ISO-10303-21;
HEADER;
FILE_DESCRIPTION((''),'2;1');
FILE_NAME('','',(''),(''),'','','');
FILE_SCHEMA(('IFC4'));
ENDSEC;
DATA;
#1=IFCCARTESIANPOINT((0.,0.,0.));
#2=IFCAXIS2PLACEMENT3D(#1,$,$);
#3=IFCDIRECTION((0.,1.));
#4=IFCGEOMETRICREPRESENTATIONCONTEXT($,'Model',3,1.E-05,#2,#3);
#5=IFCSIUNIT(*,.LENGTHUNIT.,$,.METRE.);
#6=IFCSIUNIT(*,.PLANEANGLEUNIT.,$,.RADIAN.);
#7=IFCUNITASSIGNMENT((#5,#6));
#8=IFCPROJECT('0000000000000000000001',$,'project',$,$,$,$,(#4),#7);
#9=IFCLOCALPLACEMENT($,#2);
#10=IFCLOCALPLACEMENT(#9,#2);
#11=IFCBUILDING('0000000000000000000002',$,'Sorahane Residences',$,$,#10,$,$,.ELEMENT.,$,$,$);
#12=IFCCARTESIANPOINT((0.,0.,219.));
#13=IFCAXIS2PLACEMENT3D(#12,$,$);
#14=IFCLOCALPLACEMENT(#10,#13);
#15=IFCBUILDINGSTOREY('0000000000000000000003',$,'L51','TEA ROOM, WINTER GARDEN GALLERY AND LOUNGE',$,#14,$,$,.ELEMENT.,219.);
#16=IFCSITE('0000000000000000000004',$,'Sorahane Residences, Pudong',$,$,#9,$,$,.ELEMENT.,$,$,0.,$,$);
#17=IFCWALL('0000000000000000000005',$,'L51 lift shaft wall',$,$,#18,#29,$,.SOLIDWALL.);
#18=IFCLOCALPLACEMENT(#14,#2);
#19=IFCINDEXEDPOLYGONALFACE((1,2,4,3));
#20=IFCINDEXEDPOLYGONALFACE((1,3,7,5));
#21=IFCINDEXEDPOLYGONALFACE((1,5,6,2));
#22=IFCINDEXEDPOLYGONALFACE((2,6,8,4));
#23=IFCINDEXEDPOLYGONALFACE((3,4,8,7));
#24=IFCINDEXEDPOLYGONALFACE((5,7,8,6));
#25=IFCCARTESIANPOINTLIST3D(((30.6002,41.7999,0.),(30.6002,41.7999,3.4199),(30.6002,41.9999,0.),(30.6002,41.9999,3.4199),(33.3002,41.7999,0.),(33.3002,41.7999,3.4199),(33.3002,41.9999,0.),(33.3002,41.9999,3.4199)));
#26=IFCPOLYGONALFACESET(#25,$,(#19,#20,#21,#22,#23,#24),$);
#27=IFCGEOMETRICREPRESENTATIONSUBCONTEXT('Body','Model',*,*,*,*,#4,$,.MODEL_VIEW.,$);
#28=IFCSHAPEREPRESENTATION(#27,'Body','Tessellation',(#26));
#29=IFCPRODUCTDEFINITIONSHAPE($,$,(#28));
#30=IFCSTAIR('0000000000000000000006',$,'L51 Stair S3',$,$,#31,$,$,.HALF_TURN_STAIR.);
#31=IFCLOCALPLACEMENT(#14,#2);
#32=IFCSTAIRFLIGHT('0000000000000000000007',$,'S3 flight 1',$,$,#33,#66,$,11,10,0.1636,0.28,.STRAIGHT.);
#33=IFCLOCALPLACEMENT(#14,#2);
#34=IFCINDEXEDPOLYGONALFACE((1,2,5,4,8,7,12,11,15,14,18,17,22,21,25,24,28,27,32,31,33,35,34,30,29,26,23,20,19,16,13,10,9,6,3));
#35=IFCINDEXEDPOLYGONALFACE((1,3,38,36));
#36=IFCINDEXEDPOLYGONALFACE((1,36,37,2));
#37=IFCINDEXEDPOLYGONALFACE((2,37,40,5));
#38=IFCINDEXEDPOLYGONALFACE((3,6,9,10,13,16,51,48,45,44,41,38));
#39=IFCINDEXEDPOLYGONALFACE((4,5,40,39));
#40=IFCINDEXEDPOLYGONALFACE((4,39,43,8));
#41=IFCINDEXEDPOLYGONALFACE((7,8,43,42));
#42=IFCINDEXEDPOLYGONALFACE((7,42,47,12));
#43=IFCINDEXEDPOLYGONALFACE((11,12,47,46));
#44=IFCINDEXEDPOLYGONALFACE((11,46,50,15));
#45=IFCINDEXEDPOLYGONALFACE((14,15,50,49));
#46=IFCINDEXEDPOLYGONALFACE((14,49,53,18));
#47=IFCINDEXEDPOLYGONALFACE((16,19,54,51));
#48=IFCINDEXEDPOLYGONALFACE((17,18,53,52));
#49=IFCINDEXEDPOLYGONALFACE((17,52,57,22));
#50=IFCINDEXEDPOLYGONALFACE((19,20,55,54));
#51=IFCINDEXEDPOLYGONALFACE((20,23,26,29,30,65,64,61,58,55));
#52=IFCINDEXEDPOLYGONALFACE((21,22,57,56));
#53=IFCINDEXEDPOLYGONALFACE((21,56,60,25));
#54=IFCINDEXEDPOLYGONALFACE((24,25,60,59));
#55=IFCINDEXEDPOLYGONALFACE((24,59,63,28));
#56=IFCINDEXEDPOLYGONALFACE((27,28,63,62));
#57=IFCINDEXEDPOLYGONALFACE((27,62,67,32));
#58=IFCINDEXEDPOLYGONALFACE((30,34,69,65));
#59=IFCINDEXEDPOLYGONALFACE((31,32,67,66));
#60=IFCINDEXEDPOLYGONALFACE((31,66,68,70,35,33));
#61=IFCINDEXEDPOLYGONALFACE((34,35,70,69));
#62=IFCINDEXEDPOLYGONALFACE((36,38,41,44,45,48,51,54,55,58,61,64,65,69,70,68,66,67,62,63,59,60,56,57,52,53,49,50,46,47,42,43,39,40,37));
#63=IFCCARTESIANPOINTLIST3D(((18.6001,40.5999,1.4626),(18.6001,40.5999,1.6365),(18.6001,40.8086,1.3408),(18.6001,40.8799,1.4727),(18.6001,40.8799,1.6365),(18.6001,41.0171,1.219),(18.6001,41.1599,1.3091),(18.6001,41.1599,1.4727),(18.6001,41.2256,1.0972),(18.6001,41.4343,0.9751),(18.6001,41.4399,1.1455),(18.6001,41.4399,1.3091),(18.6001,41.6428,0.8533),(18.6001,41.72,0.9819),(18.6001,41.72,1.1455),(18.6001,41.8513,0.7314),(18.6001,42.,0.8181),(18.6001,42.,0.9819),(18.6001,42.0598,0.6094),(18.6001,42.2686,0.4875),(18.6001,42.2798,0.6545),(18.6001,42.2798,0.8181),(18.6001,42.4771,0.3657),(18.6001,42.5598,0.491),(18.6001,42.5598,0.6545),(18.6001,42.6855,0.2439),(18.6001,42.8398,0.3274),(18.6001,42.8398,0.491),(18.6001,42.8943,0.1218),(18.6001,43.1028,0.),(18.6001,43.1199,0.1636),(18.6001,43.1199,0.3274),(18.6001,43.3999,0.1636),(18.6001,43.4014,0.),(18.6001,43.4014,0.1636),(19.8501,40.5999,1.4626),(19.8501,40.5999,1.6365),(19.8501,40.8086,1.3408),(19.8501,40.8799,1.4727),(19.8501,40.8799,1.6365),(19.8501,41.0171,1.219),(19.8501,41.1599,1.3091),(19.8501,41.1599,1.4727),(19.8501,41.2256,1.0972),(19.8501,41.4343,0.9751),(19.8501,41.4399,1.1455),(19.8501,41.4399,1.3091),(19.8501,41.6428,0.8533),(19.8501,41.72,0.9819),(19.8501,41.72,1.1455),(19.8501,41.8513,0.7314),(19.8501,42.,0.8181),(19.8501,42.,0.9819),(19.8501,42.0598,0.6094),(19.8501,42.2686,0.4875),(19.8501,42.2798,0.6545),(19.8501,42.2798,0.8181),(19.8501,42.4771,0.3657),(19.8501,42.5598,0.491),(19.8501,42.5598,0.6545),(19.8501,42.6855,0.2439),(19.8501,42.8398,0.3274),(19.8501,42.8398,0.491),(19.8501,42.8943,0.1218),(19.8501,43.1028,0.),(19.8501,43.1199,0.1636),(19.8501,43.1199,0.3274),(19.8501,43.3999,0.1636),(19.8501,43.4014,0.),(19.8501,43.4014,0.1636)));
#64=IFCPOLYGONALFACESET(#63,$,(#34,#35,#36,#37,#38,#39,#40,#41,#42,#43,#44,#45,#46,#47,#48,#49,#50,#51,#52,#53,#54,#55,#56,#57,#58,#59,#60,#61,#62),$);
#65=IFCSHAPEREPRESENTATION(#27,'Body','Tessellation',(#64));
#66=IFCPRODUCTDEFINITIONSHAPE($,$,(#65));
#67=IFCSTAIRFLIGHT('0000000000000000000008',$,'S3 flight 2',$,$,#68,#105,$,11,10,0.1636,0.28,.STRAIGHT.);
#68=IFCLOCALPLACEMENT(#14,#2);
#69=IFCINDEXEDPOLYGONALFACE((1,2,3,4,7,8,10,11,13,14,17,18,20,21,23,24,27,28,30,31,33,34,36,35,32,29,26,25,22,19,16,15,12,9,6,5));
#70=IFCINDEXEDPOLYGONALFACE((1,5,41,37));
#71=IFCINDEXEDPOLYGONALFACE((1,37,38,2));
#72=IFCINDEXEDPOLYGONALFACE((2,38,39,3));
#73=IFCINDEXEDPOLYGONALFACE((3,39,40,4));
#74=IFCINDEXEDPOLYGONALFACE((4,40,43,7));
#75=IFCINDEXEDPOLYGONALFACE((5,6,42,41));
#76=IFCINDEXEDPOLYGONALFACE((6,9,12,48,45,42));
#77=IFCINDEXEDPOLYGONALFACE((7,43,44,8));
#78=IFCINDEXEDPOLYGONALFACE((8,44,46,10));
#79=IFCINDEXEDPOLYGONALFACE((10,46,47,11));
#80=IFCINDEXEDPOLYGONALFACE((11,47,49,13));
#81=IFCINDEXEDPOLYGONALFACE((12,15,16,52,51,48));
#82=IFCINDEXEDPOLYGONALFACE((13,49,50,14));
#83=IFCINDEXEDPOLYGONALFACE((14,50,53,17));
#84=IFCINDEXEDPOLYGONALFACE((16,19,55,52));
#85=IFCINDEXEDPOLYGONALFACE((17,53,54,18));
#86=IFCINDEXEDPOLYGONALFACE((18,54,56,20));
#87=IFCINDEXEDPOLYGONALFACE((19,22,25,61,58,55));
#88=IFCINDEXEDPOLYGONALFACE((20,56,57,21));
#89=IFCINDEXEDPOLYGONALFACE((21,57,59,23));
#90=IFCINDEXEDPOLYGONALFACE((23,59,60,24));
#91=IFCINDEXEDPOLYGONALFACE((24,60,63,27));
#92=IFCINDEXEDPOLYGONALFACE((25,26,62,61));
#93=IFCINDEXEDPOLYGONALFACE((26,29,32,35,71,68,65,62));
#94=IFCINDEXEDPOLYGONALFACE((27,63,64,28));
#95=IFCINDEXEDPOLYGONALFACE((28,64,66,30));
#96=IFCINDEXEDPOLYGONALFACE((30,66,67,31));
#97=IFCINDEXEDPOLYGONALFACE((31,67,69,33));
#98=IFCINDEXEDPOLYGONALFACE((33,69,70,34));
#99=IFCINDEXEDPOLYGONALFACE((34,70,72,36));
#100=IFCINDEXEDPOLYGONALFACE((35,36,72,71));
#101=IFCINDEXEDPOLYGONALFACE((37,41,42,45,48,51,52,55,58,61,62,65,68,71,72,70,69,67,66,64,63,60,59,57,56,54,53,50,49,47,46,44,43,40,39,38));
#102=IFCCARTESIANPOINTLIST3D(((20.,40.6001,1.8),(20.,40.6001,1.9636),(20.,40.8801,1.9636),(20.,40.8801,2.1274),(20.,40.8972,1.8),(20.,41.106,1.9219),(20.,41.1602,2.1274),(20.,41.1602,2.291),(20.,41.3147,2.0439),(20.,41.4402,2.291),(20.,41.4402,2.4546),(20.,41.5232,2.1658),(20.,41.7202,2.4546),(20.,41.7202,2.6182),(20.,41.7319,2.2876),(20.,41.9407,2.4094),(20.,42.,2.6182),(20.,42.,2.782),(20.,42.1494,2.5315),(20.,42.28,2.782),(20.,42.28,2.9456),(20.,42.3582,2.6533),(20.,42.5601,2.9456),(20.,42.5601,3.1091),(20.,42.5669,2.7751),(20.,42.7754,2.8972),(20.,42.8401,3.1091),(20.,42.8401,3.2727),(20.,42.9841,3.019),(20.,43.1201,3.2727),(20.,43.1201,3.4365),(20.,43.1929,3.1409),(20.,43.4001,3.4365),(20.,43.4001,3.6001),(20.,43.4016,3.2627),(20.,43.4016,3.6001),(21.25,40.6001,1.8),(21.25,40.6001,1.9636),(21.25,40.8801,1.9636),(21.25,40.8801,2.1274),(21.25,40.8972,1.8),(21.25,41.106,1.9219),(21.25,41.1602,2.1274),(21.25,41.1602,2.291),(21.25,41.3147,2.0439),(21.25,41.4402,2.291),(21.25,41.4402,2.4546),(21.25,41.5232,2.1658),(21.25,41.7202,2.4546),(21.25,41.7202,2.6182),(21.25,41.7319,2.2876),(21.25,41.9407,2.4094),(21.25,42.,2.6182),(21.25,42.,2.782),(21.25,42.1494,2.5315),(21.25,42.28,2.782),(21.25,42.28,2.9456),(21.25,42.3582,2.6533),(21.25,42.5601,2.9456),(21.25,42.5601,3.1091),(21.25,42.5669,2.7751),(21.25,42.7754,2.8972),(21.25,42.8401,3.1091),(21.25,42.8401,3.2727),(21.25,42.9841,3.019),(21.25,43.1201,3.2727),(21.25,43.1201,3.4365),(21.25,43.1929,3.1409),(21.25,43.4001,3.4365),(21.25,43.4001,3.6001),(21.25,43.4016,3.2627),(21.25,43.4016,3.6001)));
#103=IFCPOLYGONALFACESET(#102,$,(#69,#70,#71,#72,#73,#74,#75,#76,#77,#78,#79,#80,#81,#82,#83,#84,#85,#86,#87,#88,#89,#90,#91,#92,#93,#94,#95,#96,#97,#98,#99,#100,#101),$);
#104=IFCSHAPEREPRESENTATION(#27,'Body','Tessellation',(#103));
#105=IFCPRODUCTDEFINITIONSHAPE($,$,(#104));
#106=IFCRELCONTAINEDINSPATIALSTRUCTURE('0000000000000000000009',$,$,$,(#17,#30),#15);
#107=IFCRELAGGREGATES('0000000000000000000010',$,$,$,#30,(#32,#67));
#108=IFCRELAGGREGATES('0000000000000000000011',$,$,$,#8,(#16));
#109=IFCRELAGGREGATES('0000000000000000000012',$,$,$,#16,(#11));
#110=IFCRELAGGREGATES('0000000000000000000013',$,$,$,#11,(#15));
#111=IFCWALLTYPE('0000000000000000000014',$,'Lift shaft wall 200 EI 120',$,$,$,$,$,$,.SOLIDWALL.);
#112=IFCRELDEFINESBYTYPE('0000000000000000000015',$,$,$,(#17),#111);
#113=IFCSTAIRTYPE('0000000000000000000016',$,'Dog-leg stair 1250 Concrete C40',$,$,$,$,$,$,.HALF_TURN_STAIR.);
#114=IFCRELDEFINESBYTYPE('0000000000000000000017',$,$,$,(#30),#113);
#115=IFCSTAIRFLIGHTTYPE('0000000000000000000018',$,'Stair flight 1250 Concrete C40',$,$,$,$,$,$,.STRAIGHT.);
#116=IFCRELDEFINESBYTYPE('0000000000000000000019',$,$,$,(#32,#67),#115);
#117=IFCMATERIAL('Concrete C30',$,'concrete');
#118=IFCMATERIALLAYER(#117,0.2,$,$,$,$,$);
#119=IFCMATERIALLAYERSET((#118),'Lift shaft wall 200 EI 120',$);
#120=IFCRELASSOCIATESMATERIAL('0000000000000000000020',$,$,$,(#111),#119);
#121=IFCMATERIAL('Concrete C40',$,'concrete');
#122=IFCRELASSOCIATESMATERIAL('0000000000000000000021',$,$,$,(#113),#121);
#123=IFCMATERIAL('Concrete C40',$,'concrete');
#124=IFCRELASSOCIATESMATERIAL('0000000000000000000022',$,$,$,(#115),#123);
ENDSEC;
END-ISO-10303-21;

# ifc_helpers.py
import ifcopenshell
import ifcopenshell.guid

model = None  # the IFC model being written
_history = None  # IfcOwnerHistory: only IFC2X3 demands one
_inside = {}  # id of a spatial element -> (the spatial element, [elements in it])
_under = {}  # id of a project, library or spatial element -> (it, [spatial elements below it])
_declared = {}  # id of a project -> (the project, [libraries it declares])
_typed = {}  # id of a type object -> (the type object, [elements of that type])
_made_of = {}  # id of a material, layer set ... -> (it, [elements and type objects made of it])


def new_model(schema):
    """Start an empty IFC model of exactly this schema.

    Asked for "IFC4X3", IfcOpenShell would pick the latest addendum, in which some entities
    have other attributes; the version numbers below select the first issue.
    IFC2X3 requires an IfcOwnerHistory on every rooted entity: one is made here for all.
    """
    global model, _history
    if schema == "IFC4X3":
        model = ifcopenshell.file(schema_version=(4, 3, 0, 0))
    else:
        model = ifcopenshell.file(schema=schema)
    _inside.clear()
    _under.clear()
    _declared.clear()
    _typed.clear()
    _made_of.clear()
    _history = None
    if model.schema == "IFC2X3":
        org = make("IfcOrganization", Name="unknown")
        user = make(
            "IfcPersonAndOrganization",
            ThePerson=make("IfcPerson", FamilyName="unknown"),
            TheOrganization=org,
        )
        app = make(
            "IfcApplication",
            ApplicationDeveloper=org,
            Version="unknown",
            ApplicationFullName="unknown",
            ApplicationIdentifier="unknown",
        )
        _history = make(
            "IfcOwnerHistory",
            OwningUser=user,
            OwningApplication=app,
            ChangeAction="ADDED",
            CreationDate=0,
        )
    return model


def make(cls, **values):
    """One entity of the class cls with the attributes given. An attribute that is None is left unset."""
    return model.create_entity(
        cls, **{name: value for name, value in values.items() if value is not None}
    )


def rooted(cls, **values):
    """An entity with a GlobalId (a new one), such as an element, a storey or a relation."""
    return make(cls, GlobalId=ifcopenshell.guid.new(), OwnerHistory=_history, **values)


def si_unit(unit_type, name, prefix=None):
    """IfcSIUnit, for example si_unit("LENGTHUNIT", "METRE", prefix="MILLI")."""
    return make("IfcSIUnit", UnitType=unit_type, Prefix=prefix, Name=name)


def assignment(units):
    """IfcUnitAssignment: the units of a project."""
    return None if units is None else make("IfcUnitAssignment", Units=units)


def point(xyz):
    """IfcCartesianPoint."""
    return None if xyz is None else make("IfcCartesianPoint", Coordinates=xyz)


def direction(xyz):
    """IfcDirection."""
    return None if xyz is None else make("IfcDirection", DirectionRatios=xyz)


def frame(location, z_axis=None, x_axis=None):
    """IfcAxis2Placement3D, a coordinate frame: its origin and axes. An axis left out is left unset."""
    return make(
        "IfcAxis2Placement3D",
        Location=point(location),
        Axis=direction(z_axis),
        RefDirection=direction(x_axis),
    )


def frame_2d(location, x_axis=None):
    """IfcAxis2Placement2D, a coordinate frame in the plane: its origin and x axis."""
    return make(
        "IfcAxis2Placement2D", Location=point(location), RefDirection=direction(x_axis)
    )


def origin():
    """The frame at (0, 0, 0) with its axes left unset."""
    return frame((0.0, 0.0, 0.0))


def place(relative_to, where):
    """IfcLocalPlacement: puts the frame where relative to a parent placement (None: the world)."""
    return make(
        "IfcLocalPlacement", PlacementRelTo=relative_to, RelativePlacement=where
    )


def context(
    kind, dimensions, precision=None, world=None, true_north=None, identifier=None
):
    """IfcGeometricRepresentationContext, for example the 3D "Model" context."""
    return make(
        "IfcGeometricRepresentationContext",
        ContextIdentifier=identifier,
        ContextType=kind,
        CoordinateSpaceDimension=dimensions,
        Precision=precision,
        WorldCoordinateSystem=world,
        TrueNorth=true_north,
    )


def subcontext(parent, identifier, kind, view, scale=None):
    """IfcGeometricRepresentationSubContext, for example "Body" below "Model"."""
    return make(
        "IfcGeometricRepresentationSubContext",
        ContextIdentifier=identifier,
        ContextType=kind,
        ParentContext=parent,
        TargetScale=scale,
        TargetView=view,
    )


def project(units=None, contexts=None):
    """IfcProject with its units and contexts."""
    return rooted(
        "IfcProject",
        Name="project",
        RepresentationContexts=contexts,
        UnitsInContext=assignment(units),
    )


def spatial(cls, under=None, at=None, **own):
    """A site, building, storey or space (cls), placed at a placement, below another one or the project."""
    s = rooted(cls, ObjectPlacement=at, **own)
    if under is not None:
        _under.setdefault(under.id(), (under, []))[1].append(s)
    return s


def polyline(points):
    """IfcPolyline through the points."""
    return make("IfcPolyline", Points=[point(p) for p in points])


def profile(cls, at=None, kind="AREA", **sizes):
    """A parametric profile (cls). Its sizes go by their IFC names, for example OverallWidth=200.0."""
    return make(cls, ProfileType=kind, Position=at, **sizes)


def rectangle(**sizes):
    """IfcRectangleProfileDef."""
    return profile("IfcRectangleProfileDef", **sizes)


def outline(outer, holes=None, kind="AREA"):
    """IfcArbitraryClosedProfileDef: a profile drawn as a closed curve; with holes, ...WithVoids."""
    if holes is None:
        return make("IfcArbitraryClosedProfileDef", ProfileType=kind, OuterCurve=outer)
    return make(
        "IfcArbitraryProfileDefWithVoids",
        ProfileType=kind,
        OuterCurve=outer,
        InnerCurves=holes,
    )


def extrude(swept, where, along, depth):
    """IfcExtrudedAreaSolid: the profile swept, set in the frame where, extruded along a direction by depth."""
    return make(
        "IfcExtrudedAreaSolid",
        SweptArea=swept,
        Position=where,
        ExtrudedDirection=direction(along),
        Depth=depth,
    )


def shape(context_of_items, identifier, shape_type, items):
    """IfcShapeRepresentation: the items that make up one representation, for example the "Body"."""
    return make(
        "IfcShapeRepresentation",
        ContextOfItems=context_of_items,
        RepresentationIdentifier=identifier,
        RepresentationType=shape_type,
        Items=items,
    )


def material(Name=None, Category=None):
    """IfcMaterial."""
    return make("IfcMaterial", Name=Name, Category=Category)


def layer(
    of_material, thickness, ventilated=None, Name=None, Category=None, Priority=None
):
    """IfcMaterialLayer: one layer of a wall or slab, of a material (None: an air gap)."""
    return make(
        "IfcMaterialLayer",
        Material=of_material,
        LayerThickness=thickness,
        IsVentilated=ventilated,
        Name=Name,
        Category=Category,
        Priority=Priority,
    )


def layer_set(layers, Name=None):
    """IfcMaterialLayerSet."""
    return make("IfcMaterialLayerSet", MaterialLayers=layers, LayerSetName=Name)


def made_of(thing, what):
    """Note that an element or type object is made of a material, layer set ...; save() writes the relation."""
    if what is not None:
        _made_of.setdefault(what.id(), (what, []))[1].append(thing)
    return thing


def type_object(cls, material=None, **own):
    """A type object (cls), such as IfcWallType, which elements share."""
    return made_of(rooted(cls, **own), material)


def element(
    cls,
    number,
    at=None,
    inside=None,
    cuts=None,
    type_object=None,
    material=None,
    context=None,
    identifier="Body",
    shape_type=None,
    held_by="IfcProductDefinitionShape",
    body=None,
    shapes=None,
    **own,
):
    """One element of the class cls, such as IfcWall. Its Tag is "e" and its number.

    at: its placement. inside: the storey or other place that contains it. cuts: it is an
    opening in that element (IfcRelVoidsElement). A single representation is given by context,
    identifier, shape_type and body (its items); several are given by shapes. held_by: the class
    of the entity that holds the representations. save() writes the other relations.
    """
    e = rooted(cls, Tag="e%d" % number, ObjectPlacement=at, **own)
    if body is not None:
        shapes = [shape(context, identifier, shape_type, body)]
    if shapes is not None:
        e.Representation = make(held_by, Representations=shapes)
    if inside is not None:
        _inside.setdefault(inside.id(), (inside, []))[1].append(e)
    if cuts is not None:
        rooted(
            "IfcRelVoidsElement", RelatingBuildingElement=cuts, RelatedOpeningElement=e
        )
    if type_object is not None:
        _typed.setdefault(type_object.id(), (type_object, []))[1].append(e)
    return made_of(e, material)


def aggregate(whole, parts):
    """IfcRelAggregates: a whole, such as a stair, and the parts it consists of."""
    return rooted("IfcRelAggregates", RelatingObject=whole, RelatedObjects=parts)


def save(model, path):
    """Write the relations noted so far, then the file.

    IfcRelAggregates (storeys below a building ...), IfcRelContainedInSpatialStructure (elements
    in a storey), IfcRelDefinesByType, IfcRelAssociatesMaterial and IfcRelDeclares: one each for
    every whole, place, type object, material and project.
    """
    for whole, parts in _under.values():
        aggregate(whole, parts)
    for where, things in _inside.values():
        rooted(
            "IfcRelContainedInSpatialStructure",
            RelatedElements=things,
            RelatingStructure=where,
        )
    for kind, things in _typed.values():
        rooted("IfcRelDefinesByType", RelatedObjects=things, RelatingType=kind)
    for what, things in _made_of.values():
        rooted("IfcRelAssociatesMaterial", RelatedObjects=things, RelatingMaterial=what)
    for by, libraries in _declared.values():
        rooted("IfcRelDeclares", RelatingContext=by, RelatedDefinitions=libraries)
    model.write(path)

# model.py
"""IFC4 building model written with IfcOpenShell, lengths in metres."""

from ifc_helpers import new_model, si_unit, direction, frame, frame_2d, origin, place, context, subcontext, project, spatial, polyline, rectangle, outline, extrude, material, layer, layer_set, type_object, element, aggregate, save


model = new_model("IFC4")

# Units and contexts
model_context = context("Model", 3, precision=1e-05, world=origin(), true_north=direction((0.0, 1.0)))
body_context = subcontext(model_context, "Body", "Model", "MODEL_VIEW")
ifc_project = project(units=[si_unit("LENGTHUNIT", "METRE"), si_unit("PLANEANGLEUNIT", "RADIAN")], contexts=[model_context])

# Site, building, storey
site_placement = place(None, origin())
site = spatial("IfcSite", under=ifc_project, at=site_placement, Name="Sorahane Residences, Pudong", CompositionType="ELEMENT", RefElevation=0.0)
building_placement = place(site_placement, origin())
building = spatial("IfcBuilding", under=site, at=building_placement, Name="Sorahane Residences", CompositionType="ELEMENT")
storey_placement = place(building_placement, frame((0.0, 0.0, 219.0)))
storey = spatial("IfcBuildingStorey", under=building, at=storey_placement, Name="L51", Description="TEA ROOM, WINTER GARDEN GALLERY AND LOUNGE", CompositionType="ELEMENT", Elevation=219.0)

# Wall
ifc_material_1 = material(Name="Concrete C30", Category="concrete")
ifc_layer_1 = layer(ifc_material_1, 0.2)
ifc_layer_set_1 = layer_set([ifc_layer_1], Name="Lift shaft wall 200 EI 120")
wall_type = type_object("IfcWallType", Name="Lift shaft wall 200 EI 120", PredefinedType="SOLIDWALL", material=ifc_layer_set_1)
wall_placement = place(storey_placement, frame((30.6001, 41.8999, 0.0), z_axis=(0.0, 0.0, 1.0), x_axis=(1.0, 0.0, 0.0)))
element("IfcWall", 1, at=wall_placement, inside=storey, type_object=wall_type, Name="L51 lift shaft wall", PredefinedType="SOLIDWALL", context=body_context, shape_type="SweptSolid", body=[
    extrude(rectangle(XDim=2.7, YDim=0.2, at=frame_2d((1.3501, 0.0))), origin(), (0.0, 0.0, 1.0), 3.4199),
])

# Stair, stair flights
ifc_material_2 = material(Name="Concrete C40", Category="concrete")
stair_type = type_object("IfcStairType", Name="Dog-leg stair 1250 Concrete C40", PredefinedType="HALF_TURN_STAIR", material=ifc_material_2)
stair_placement = place(storey_placement, origin())
stair = element("IfcStair", 2, at=stair_placement, inside=storey, type_object=stair_type, Name="L51 Stair S3", PredefinedType="HALF_TURN_STAIR")
ifc_material_3 = material(Name="Concrete C40", Category="concrete")
stair_flight_type = type_object("IfcStairFlightType", Name="Stair flight 1250 Concrete C40", PredefinedType="STRAIGHT", material=ifc_material_3)
stair_flight_1_placement = place(storey_placement, frame((19.2251, 43.3999, 0.0), z_axis=(0.0, 0.0, 1.0), x_axis=(0.0, -1.0, 0.0)))
stair_flight_1 = element("IfcStairFlight", 3, at=stair_flight_1_placement, type_object=stair_flight_type, Name="S3 flight 1", NumberOfRisers=11, NumberOfTreads=10, PredefinedType="STRAIGHT", RiserHeight=0.1636, TreadLength=0.28, context=body_context, shape_type="SweptSolid", body=[
    extrude(outline(polyline([(-0.0015, 0.0), (-0.0015, 0.1636), (0.0, 0.1636), (0.28, 0.1636), (0.28, 0.3274), (0.5601, 0.3274), (0.5601, 0.491), (0.8401, 0.491), (0.8401, 0.6545), (1.1201, 0.6545), (1.1201, 0.8181), (1.3999, 0.8181), (1.3999, 0.9819), (1.6799, 0.9819), (1.6799, 1.1455), (1.96, 1.1455), (1.96, 1.3091), (2.24, 1.3091), (2.24, 1.4727), (2.52, 1.4727), (2.52, 1.6365), (2.8, 1.6365), (2.8, 1.8), (2.8, 1.4626), (2.5913, 1.3408), (2.3828, 1.219), (2.1743, 1.0972), (1.9656, 0.9751), (1.7571, 0.8533), (1.5486, 0.7314), (1.3401, 0.6094), (1.1313, 0.4875), (0.9229, 0.3657), (0.7144, 0.2439), (0.5056, 0.1218), (0.2971, 0.0), (-0.0015, 0.0)])), frame((0.0, 0.625, 0.0), z_axis=(0.0, -1.0, 0.0), x_axis=(1.0, 0.0, 0.0)), (0.0, 0.0, 1.0), 1.25),
])
stair_flight_2_placement = place(storey_placement, frame((20.625, 40.6001, 1.8), z_axis=(0.0, 0.0, 1.0), x_axis=(0.0, 1.0, 0.0)))
stair_flight_2 = element("IfcStairFlight", 4, at=stair_flight_2_placement, type_object=stair_flight_type, Name="S3 flight 2", NumberOfRisers=11, NumberOfTreads=10, PredefinedType="STRAIGHT", RiserHeight=0.1636, TreadLength=0.28, context=body_context, shape_type="SweptSolid", body=[
    extrude(outline(polyline([(0.0, 0.0), (0.0, 0.1636), (0.28, 0.1636), (0.28, 0.3274), (0.5601, 0.3274), (0.5601, 0.491), (0.8401, 0.491), (0.8401, 0.6545), (1.1201, 0.6545), (1.1201, 0.8181), (1.3999, 0.8181), (1.3999, 0.9819), (1.6799, 0.9819), (1.6799, 1.1455), (1.96, 1.1455), (1.96, 1.3091), (2.24, 1.3091), (2.24, 1.4727), (2.52, 1.4727), (2.52, 1.6365), (2.8, 1.6365), (2.8, 1.8), (2.8015, 1.8), (2.8015, 1.4626), (2.5928, 1.3408), (2.384, 1.219), (2.1753, 1.0972), (1.9668, 0.9751), (1.7581, 0.8533), (1.5493, 0.7314), (1.3406, 0.6094), (1.1318, 0.4875), (0.9231, 0.3657), (0.7146, 0.2439), (0.5059, 0.1218), (0.2971, 0.0), (0.0, 0.0)])), frame((0.0, 0.625, 0.0), z_axis=(0.0, -1.0, 0.0), x_axis=(1.0, 0.0, 0.0)), (0.0, 0.0, 1.0), 1.25),
])
aggregate(stair, [stair_flight_1, stair_flight_2])

save(model, "model.ifc")
